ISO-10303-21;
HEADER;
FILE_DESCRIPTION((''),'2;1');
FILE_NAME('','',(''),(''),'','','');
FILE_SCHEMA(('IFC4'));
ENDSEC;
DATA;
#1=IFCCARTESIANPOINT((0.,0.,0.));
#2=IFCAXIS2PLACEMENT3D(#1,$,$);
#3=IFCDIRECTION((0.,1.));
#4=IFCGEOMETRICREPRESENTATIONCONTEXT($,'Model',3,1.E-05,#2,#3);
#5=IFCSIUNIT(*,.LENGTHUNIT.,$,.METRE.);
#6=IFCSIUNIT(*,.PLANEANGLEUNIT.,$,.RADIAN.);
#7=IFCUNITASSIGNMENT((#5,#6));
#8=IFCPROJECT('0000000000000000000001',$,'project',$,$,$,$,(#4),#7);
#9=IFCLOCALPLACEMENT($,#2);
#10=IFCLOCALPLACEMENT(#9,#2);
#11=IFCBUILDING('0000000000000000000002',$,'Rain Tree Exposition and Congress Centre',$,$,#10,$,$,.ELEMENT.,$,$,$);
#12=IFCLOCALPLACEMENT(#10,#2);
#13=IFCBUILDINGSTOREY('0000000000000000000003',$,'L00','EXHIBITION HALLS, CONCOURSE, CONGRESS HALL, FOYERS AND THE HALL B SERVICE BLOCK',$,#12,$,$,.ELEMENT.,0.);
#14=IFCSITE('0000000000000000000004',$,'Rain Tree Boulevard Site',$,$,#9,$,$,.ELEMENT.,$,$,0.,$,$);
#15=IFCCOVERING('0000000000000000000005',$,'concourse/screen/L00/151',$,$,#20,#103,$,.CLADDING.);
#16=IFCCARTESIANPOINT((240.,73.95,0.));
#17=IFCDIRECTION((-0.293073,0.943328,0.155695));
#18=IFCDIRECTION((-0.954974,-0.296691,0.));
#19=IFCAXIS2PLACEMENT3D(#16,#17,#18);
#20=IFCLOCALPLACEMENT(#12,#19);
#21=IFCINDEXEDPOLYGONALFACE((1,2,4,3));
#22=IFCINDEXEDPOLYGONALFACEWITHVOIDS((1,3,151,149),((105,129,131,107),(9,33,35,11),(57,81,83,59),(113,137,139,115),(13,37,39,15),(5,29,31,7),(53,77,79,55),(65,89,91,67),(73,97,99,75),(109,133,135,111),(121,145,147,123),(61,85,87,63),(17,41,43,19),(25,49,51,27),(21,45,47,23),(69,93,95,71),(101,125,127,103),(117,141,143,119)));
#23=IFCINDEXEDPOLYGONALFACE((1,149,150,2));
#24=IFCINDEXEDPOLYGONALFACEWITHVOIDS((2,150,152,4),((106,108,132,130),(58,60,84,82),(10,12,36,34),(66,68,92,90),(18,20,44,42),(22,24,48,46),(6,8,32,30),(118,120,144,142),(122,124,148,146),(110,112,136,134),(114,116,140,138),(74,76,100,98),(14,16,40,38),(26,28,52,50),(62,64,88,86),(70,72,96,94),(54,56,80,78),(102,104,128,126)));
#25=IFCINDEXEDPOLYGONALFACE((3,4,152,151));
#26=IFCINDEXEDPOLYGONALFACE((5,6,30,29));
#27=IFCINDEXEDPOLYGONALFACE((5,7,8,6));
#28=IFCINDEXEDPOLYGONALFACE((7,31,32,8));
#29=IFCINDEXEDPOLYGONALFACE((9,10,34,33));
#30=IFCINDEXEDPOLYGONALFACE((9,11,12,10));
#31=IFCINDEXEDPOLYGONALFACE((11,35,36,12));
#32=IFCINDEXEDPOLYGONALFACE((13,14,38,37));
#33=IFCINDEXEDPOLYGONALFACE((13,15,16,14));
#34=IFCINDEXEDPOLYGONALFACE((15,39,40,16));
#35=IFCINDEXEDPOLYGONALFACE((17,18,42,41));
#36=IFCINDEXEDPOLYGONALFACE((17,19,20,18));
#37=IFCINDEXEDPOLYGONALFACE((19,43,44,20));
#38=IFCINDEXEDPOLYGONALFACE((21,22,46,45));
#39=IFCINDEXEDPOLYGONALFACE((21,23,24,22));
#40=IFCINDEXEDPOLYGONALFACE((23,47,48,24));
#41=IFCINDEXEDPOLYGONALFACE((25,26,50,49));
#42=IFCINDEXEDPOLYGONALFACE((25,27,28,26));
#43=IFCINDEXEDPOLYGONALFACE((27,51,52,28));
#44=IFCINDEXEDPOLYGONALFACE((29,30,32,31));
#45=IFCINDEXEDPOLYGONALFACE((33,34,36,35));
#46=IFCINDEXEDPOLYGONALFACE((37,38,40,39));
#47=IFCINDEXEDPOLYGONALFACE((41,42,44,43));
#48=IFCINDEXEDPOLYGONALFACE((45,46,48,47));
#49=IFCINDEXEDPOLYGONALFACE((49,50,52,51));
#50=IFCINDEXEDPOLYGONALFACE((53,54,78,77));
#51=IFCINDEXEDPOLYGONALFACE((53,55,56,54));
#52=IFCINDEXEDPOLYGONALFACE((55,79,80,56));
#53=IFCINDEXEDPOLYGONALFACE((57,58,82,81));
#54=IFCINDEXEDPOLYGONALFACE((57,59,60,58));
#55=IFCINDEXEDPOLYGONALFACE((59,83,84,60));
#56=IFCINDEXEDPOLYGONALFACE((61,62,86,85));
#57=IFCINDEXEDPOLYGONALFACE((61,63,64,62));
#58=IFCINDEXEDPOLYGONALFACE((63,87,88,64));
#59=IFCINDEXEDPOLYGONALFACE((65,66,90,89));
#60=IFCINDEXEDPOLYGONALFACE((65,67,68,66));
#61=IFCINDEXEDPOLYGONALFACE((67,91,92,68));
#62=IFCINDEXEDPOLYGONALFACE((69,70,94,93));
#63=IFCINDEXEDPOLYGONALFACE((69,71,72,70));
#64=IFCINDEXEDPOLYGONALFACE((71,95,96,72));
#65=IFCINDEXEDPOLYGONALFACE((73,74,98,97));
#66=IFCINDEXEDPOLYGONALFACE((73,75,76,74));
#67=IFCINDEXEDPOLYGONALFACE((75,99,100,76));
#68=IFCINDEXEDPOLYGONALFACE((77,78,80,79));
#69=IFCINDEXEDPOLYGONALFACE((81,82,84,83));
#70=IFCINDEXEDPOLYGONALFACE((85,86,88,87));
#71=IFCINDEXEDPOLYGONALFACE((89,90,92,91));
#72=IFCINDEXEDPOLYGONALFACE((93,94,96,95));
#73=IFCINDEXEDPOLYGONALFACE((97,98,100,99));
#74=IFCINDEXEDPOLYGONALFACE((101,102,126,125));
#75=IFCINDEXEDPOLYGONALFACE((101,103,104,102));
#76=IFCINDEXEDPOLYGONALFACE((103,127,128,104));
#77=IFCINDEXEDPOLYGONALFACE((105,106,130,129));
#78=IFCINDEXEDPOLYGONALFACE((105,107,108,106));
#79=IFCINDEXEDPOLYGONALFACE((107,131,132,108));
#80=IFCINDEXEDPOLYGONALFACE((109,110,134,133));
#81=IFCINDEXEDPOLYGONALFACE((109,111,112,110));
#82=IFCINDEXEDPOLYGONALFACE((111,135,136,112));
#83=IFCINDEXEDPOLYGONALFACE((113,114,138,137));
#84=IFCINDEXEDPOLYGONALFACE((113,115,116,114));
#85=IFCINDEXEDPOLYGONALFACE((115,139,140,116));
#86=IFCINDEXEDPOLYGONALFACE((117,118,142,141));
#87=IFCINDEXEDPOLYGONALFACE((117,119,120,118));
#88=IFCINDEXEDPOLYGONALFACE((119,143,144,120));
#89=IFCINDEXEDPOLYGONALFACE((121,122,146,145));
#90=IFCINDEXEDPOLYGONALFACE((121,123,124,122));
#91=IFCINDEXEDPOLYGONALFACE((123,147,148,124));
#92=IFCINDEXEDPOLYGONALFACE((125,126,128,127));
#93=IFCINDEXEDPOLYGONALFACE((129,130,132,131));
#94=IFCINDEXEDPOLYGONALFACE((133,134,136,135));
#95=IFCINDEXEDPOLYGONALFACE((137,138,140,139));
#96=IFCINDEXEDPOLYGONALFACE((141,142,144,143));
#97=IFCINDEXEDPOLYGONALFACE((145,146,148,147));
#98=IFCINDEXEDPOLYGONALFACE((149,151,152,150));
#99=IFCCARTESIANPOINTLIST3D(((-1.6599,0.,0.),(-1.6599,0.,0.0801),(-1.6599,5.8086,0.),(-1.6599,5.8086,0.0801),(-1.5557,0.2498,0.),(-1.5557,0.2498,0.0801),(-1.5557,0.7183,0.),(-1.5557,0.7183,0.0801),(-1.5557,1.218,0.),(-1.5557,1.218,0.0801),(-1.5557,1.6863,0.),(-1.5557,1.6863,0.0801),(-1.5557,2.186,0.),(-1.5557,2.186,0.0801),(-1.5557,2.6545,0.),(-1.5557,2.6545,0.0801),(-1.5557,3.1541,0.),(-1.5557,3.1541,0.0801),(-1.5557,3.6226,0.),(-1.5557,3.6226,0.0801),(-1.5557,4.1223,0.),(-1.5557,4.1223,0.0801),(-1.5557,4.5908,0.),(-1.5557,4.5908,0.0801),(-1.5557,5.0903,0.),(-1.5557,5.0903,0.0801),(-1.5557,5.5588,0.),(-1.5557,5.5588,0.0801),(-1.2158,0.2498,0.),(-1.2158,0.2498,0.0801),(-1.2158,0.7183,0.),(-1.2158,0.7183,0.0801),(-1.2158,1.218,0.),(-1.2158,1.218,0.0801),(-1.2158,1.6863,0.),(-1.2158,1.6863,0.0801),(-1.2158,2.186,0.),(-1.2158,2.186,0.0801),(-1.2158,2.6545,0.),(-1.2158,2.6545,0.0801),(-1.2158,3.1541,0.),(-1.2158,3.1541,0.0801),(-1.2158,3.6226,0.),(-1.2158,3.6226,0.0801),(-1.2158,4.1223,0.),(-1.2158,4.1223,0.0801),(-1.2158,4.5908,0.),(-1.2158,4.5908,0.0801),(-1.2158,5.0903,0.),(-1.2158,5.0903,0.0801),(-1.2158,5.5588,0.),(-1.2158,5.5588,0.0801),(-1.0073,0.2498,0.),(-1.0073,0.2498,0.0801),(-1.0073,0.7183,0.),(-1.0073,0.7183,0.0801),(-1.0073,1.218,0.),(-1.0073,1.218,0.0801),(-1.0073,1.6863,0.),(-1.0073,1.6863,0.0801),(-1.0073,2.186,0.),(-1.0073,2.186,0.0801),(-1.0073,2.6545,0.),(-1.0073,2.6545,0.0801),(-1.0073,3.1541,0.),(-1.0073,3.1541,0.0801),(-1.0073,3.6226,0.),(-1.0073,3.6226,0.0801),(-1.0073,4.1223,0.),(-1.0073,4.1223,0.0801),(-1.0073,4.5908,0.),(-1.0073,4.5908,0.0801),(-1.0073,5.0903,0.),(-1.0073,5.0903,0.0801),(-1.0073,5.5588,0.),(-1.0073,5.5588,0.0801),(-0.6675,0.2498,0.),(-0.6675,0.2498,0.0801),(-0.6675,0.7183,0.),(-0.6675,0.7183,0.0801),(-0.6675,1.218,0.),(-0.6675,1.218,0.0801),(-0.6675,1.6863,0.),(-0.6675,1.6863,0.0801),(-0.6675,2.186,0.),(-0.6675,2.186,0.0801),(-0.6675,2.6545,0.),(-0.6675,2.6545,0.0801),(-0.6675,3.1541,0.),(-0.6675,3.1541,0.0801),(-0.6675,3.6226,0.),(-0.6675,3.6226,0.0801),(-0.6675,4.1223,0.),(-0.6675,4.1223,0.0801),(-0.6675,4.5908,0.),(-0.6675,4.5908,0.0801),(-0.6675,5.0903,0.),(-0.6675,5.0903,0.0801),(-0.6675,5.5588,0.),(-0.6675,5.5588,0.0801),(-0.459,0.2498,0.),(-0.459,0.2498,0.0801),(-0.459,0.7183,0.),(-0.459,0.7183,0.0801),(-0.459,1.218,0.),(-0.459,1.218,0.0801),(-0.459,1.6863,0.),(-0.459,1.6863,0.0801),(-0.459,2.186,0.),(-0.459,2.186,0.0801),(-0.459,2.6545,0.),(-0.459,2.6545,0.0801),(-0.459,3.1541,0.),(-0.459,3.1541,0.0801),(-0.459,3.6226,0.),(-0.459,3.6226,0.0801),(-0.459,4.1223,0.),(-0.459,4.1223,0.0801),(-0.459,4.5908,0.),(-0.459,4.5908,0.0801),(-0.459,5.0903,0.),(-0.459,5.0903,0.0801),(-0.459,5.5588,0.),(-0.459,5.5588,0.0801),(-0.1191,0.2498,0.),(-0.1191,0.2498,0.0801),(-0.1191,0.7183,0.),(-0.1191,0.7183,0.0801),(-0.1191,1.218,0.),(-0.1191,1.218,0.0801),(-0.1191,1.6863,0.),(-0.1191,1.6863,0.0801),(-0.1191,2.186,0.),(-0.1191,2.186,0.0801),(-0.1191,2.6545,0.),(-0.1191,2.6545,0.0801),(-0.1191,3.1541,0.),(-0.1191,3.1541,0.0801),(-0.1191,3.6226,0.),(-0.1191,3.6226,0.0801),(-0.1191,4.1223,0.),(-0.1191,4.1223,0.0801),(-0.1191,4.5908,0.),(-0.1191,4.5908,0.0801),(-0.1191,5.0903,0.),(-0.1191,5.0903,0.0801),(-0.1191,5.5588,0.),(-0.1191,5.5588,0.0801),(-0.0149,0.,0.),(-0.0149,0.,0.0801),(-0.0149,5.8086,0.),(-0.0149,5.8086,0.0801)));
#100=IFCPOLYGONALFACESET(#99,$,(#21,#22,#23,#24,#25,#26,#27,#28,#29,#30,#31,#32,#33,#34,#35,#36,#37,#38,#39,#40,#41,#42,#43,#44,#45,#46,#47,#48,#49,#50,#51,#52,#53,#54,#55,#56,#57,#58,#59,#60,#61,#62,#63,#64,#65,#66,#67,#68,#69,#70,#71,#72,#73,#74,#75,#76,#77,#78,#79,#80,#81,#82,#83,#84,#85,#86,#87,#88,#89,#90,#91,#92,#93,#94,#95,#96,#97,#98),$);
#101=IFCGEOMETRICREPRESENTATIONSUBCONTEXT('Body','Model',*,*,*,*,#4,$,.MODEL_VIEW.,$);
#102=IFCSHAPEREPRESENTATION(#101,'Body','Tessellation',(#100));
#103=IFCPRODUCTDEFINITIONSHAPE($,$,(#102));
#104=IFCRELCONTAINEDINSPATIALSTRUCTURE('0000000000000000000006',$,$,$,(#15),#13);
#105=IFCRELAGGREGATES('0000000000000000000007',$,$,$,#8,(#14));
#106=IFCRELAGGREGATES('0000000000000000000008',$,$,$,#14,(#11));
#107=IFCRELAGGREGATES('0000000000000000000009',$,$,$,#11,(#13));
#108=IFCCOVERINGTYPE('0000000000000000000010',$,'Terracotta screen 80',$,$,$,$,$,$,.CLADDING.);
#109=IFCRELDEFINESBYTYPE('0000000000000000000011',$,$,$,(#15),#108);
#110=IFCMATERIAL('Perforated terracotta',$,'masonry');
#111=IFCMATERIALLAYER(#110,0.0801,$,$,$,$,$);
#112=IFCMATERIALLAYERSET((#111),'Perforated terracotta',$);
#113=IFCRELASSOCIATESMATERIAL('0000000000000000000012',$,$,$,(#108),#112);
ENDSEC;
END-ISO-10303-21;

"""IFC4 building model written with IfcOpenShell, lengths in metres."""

from ifc_helpers import new_model, si_unit, direction, frame, origin, place, context, subcontext, project, spatial, polyline, outline, extrude, material, layer, layer_set, type_object, element, save


model = new_model("IFC4")

# Units and contexts
model_context = context("Model", 3, precision=1e-05, world=origin(), true_north=direction((0.0, 1.0)))
body_context = subcontext(model_context, "Body", "Model", "MODEL_VIEW")
ifc_project = project(units=[si_unit("LENGTHUNIT", "METRE"), si_unit("PLANEANGLEUNIT", "RADIAN")], contexts=[model_context])

# Site, building, storey
site_placement = place(None, origin())
site = spatial("IfcSite", under=ifc_project, at=site_placement, Name="Rain Tree Boulevard Site", CompositionType="ELEMENT", RefElevation=0.0)
building_placement = place(site_placement, origin())
building = spatial("IfcBuilding", under=site, at=building_placement, Name="Rain Tree Exposition and Congress Centre", CompositionType="ELEMENT")
storey_placement = place(building_placement, origin())
storey = spatial("IfcBuildingStorey", under=building, at=storey_placement, Name="L00", Description="EXHIBITION HALLS, CONCOURSE, CONGRESS HALL, FOYERS AND THE HALL B SERVICE BLOCK", CompositionType="ELEMENT", Elevation=0.0)

# Covering
ifc_material_1 = material(Name="Perforated terracotta", Category="masonry")
ifc_layer_1 = layer(ifc_material_1, 0.0801)
ifc_layer_set_1 = layer_set([ifc_layer_1], Name="Perforated terracotta")
covering_type = type_object("IfcCoveringType", Name="Terracotta screen 80", PredefinedType="CLADDING", material=ifc_layer_set_1)
covering_1_placement = place(storey_placement, frame((240.0, 73.95, 0.0), z_axis=(-0.293073, 0.943328, 0.155695), x_axis=(-0.954974, -0.296691, 0.0)))
element("IfcCovering", 1, at=covering_1_placement, inside=storey, type_object=covering_type, Name="concourse/screen/L00/151", PredefinedType="CLADDING", context=body_context, shape_type="SweptSolid", body=[
    extrude(outline(polyline([(-0.0149, 0.0), (-1.6599, 0.0), (-1.6599, 5.8086), (-0.0149, 5.8086), (-0.0149, 0.0)]), holes=[polyline([(-0.1191, 0.2498), (-0.1191, 0.7183), (-0.459, 0.7183), (-0.459, 0.2498), (-0.1191, 0.2498)]), polyline([(-0.1191, 1.218), (-0.1191, 1.6863), (-0.459, 1.6863), (-0.459, 1.218), (-0.1191, 1.218)]), polyline([(-0.1191, 2.186), (-0.1191, 2.6545), (-0.459, 2.6545), (-0.459, 2.186), (-0.1191, 2.186)]), polyline([(-0.1191, 3.1541), (-0.1191, 3.6226), (-0.459, 3.6226), (-0.459, 3.1541), (-0.1191, 3.1541)]), polyline([(-0.1191, 4.1223), (-0.1191, 4.5908), (-0.459, 4.5908), (-0.459, 4.1223), (-0.1191, 4.1223)]), polyline([(-0.1191, 5.0903), (-0.1191, 5.5588), (-0.459, 5.5588), (-0.459, 5.0903), (-0.1191, 5.0903)]), polyline([(-0.6675, 0.2498), (-0.6675, 0.7183), (-1.0073, 0.7183), (-1.0073, 0.2498), (-0.6675, 0.2498)]), polyline([(-0.6675, 1.218), (-0.6675, 1.6863), (-1.0073, 1.6863), (-1.0073, 1.218), (-0.6675, 1.218)]), polyline([(-0.6675, 2.186), (-0.6675, 2.6545), (-1.0073, 2.6545), (-1.0073, 2.186), (-0.6675, 2.186)]), polyline([(-0.6675, 3.1541), (-0.6675, 3.6226), (-1.0073, 3.6226), (-1.0073, 3.1541), (-0.6675, 3.1541)]), polyline([(-0.6675, 4.1223), (-0.6675, 4.5908), (-1.0073, 4.5908), (-1.0073, 4.1223), (-0.6675, 4.1223)]), polyline([(-0.6675, 5.0903), (-0.6675, 5.5588), (-1.0073, 5.5588), (-1.0073, 5.0903), (-0.6675, 5.0903)]), polyline([(-1.2158, 0.2498), (-1.2158, 0.7183), (-1.5557, 0.7183), (-1.5557, 0.2498), (-1.2158, 0.2498)]), polyline([(-1.2158, 1.218), (-1.2158, 1.6863), (-1.5557, 1.6863), (-1.5557, 1.218), (-1.2158, 1.218)]), polyline([(-1.2158, 2.186), (-1.2158, 2.6545), (-1.5557, 2.6545), (-1.5557, 2.186), (-1.2158, 2.186)]), polyline([(-1.2158, 3.1541), (-1.2158, 3.6226), (-1.5557, 3.6226), (-1.5557, 3.1541), (-1.2158, 3.1541)]), polyline([(-1.2158, 4.1223), (-1.2158, 4.5908), (-1.5557, 4.5908), (-1.5557, 4.1223), (-1.2158, 4.1223)]), polyline([(-1.2158, 5.0903), (-1.2158, 5.5588), (-1.5557, 5.5588), (-1.5557, 5.0903), (-1.2158, 5.0903)])]), origin(), (0.0, 0.0, 1.0), 0.0801),
])

save(model, "model.ifc")
